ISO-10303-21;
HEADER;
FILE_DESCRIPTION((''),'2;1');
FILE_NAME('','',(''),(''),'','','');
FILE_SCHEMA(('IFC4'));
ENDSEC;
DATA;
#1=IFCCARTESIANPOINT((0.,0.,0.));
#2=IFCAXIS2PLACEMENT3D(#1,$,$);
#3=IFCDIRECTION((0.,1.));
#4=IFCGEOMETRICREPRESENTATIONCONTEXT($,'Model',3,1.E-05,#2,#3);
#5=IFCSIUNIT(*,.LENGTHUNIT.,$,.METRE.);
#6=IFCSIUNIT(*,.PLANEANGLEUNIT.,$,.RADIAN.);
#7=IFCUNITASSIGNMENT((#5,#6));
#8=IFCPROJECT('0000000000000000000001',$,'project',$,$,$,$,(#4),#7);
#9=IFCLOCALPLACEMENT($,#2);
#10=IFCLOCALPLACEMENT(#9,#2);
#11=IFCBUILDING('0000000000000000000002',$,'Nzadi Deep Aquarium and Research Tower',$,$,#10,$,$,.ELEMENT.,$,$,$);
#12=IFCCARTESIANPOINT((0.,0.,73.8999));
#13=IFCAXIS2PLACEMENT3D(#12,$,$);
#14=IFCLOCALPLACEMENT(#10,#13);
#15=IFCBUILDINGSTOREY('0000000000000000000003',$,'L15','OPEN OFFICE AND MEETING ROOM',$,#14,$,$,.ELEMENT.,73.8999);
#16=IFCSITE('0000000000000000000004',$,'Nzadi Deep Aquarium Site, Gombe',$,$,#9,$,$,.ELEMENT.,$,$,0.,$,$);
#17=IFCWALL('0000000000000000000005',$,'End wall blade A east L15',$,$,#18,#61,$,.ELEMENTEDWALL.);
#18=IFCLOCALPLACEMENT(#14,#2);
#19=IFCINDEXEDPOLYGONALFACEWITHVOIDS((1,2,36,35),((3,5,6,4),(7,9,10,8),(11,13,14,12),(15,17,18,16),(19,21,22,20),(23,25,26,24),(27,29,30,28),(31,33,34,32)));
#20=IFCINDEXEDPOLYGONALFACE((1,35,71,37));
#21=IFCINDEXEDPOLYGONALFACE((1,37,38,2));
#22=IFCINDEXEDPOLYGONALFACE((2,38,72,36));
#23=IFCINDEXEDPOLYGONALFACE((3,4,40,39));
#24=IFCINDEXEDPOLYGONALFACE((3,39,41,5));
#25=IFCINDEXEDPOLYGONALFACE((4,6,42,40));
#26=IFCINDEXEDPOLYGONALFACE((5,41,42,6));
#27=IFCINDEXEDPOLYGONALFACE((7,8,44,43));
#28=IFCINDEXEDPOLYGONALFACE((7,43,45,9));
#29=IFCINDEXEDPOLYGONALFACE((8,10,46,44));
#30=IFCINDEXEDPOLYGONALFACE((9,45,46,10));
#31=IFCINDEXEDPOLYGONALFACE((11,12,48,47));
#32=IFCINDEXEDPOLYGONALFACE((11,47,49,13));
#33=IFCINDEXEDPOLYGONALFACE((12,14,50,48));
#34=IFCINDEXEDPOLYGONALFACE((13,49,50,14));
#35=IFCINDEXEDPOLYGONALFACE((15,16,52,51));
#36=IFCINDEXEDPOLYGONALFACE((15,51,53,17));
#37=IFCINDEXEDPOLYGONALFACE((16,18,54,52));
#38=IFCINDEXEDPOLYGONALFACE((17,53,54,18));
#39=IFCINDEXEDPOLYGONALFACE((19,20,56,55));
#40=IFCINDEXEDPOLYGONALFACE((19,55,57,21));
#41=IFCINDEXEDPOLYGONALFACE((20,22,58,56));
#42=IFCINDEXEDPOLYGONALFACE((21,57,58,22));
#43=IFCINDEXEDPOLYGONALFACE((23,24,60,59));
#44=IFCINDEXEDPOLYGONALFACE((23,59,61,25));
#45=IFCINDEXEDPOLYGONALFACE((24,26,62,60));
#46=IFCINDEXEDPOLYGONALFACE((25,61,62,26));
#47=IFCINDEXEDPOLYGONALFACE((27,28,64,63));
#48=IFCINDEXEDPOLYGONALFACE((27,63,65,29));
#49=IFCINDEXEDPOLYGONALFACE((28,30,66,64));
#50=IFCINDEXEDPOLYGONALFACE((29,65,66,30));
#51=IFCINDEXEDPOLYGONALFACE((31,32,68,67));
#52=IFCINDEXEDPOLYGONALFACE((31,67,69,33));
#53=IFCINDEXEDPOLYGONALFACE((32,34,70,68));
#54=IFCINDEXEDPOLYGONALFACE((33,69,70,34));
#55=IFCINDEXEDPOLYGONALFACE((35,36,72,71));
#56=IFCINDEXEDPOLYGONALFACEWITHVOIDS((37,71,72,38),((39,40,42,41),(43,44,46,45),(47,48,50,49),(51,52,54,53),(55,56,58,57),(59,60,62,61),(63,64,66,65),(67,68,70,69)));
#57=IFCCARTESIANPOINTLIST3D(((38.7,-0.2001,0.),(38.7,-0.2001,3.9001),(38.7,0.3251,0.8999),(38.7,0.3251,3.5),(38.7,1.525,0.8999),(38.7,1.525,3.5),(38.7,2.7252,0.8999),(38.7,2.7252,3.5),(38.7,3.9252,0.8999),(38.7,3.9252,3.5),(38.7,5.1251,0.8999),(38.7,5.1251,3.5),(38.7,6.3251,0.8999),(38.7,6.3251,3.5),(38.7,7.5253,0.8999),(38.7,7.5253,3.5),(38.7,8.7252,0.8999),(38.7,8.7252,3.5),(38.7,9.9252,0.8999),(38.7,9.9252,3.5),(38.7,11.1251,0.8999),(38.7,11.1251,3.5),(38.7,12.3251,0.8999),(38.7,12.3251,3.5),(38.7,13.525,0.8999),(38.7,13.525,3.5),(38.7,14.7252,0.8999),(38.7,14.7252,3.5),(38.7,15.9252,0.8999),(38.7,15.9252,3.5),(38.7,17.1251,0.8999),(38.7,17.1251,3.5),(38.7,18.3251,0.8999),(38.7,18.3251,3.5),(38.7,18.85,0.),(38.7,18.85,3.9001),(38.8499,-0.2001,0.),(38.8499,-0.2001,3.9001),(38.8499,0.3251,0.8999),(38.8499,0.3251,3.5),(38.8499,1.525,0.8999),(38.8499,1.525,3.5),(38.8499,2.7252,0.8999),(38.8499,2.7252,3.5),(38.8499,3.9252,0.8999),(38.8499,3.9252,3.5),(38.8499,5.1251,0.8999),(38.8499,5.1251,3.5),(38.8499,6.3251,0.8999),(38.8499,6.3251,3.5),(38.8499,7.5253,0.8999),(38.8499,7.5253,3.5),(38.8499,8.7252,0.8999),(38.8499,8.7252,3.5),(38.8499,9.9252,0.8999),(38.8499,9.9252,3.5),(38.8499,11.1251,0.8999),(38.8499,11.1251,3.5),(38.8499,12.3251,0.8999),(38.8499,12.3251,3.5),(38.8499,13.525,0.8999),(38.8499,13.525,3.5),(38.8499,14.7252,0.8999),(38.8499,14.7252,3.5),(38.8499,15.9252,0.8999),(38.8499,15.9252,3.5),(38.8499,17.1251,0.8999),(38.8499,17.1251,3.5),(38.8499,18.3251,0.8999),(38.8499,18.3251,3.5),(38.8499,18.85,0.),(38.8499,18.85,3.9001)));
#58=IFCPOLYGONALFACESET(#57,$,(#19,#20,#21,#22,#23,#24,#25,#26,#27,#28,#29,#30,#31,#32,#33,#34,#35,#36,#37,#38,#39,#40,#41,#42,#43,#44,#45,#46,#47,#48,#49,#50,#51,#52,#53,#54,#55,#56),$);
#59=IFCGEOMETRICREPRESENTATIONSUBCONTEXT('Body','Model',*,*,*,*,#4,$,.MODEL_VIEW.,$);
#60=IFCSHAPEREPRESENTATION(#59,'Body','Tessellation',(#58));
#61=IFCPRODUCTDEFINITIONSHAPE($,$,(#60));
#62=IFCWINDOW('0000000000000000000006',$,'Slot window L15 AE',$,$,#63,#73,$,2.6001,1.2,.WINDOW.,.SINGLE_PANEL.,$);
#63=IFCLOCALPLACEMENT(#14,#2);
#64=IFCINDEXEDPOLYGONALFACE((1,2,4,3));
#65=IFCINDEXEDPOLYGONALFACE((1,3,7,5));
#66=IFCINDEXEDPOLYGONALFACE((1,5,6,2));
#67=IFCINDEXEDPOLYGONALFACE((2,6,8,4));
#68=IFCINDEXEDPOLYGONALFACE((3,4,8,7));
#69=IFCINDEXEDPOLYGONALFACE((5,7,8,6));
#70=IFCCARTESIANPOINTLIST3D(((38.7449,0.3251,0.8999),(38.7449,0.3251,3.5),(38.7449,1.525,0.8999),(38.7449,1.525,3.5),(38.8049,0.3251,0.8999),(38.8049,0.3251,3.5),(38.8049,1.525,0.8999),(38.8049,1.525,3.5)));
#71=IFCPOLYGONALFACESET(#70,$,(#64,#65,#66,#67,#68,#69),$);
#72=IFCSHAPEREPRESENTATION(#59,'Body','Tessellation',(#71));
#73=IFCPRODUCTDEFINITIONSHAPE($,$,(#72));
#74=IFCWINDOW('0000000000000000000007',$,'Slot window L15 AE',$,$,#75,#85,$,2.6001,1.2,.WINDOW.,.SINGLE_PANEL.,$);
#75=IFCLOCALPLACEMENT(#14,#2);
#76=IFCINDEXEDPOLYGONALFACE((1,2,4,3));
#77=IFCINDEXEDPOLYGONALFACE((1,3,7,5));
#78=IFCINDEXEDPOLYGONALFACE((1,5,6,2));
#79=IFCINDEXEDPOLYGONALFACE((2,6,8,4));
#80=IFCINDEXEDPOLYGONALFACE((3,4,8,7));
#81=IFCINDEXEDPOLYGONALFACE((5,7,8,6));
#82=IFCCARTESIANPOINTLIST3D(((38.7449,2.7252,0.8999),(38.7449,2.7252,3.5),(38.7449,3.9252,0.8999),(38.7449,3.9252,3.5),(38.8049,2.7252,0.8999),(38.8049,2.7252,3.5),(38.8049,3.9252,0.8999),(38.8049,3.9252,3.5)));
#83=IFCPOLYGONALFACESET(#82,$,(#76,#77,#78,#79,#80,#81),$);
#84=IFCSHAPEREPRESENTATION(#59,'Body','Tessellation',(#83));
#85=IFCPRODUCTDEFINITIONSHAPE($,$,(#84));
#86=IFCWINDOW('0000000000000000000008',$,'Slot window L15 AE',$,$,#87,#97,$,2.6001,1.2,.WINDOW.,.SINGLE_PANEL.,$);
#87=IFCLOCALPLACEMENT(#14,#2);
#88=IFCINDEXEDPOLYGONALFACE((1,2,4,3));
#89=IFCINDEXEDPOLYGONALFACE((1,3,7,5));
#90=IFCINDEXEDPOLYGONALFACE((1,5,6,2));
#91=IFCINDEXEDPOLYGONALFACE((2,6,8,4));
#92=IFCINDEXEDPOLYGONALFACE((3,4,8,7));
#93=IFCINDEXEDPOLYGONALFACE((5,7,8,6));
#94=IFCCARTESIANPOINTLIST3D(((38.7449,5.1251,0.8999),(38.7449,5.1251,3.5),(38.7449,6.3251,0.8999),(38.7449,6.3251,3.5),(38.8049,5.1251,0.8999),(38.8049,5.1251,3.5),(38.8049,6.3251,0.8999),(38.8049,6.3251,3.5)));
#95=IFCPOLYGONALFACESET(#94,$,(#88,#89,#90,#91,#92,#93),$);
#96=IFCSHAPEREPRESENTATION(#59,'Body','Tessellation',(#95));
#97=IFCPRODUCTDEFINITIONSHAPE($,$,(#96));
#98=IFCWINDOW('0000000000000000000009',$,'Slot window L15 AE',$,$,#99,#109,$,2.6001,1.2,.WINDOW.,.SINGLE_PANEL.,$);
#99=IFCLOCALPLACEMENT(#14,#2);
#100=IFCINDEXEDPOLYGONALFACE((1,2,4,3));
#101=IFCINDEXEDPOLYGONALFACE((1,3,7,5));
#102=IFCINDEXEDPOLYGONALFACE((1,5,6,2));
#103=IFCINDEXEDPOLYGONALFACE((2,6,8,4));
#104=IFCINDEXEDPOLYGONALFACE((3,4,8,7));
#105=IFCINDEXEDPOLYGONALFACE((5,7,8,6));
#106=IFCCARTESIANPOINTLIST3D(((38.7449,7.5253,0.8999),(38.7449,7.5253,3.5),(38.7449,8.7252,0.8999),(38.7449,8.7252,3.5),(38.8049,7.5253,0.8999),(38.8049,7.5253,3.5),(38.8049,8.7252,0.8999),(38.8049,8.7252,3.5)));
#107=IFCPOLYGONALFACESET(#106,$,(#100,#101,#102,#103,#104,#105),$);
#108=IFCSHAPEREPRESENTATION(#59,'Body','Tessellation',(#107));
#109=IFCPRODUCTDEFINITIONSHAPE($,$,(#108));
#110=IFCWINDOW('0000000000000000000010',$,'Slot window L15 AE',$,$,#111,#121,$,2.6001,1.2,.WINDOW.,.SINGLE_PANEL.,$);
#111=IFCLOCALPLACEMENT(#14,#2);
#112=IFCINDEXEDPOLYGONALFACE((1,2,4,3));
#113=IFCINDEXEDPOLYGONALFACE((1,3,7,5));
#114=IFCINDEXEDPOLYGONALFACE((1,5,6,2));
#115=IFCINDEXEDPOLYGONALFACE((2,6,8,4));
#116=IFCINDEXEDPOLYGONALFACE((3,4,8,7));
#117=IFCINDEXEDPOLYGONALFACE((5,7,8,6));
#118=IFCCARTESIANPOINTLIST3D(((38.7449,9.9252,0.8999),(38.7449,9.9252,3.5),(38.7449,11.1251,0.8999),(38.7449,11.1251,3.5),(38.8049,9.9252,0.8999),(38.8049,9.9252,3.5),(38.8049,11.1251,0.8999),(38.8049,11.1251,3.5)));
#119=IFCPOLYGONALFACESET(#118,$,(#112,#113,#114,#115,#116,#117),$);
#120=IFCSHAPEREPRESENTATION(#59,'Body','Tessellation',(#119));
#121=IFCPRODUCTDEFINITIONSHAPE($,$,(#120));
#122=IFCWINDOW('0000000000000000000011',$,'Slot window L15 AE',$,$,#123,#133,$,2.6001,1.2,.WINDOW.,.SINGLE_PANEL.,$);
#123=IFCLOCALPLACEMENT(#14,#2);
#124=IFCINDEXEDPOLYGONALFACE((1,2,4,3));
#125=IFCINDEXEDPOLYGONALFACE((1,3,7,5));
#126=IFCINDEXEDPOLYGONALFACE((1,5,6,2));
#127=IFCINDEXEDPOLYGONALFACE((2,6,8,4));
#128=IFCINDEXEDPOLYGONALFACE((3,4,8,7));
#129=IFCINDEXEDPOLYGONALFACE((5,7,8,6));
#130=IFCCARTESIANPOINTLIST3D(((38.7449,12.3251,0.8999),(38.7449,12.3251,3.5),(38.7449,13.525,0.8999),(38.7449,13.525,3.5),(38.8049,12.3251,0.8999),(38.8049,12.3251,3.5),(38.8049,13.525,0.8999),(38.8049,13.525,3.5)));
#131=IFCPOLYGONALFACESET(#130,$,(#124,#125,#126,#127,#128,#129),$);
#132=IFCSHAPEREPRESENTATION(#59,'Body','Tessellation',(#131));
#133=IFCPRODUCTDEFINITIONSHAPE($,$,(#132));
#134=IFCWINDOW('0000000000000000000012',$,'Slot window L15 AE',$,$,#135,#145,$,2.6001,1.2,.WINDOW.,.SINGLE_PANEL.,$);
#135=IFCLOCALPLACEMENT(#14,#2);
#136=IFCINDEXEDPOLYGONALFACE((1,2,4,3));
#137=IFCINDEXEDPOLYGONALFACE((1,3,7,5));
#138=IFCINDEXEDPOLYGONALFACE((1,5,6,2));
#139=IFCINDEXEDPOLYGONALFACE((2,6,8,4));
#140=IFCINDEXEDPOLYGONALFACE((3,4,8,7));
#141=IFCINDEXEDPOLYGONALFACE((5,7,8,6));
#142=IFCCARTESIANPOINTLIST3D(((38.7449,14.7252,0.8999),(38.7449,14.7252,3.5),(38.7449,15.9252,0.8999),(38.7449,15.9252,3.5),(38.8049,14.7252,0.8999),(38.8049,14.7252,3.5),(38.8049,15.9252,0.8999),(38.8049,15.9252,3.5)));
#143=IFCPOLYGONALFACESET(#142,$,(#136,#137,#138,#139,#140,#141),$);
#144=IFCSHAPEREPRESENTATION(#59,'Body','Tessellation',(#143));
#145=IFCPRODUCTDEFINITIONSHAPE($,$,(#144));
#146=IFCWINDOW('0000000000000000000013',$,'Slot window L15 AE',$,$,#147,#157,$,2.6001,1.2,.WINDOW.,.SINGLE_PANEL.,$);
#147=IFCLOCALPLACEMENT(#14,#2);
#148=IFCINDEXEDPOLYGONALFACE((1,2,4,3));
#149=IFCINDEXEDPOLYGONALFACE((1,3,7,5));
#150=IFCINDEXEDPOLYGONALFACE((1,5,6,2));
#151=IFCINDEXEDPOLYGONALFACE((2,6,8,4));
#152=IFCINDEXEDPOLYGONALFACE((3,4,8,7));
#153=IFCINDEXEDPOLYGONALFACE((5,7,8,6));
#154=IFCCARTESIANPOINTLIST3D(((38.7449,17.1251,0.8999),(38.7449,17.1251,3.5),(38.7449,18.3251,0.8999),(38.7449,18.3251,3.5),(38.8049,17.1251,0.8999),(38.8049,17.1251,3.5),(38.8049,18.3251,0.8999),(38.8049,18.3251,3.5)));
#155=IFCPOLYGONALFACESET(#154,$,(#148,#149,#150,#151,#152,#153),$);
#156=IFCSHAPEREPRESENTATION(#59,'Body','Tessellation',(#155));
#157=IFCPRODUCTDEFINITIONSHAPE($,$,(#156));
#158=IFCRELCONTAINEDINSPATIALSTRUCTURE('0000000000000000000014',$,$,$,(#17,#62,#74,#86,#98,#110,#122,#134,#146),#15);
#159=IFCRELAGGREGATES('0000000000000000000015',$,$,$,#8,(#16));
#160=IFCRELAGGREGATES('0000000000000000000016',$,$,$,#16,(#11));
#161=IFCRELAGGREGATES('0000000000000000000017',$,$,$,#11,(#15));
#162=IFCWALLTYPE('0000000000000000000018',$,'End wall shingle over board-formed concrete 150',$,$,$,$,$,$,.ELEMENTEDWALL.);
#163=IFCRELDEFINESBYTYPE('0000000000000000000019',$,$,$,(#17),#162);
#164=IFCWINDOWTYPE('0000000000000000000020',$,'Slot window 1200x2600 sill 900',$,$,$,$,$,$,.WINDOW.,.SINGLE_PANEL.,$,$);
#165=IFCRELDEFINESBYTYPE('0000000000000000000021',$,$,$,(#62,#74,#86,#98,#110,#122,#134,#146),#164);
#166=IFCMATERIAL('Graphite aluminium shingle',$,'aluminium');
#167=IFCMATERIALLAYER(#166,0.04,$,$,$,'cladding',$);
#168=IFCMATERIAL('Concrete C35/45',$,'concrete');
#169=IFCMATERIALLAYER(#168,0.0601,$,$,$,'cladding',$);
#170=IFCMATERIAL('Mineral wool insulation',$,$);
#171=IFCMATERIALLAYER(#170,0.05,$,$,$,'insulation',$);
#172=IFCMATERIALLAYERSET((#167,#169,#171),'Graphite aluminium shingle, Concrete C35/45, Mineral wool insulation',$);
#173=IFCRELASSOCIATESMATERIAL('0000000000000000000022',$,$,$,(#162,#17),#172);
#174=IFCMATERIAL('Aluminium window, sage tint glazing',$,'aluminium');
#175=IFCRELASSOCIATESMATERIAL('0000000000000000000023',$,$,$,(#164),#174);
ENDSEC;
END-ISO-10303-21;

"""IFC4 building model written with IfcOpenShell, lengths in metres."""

from ifc_helpers import new_model, si_unit, direction, frame, frame_2d, origin, place, context, subcontext, project, spatial, rectangle, extrude, material, layer, layer_set, layer_usage, type_object, element, fill, save


model = new_model("IFC4")

# Units and contexts
model_context = context("Model", 3, precision=1e-05, world=origin(), true_north=direction((0.0, 1.0)))
body_context = subcontext(model_context, "Body", "Model", "MODEL_VIEW")
ifc_project = project(units=[si_unit("LENGTHUNIT", "METRE"), si_unit("PLANEANGLEUNIT", "RADIAN")], contexts=[model_context])

# Site, building, storey
site_placement = place(None, origin())
site = spatial("IfcSite", under=ifc_project, at=site_placement, Name="Nzadi Deep Aquarium Site, Gombe", CompositionType="ELEMENT", RefElevation=0.0)
building_placement = place(site_placement, origin())
building = spatial("IfcBuilding", under=site, at=building_placement, Name="Nzadi Deep Aquarium and Research Tower", CompositionType="ELEMENT")
storey_placement = place(building_placement, frame((0.0, 0.0, 73.8999)))
storey = spatial("IfcBuildingStorey", under=building, at=storey_placement, Name="L15", Description="OPEN OFFICE AND MEETING ROOM", CompositionType="ELEMENT", Elevation=73.8999)

# Wall, openings, windows
ifc_material_1 = material(Name="Graphite aluminium shingle", Category="aluminium")
ifc_layer_1 = layer(ifc_material_1, 0.04, Category="cladding")
ifc_material_2 = material(Name="Concrete C35/45", Category="concrete")
ifc_layer_2 = layer(ifc_material_2, 0.0601, Category="cladding")
ifc_material_3 = material(Name="Mineral wool insulation")
ifc_layer_3 = layer(ifc_material_3, 0.05, Category="insulation")
ifc_layer_set_1 = layer_set([ifc_layer_1, ifc_layer_2, ifc_layer_3], Name="Graphite aluminium shingle, Concrete C35/45, Mineral wool insulation")
ifc_layer_usage = layer_usage(ifc_layer_set_1, "AXIS2", "POSITIVE", -0.075)
wall_type_1 = type_object("IfcWallType", Name="End wall shingle over board-formed concrete 150", PredefinedType="ELEMENTEDWALL", material=ifc_layer_set_1)
wall_1_placement = place(storey_placement, frame((38.7749, -0.2, 0.0), z_axis=(0.0, 0.0, 1.0), x_axis=(0.0, 1.0, 0.0)))
wall_1 = element("IfcWall", 1, at=wall_1_placement, inside=storey, type_object=wall_type_1, material=ifc_layer_usage, Name="End wall blade A east L15", PredefinedType="ELEMENTEDWALL", context=body_context, shape_type="SweptSolid", body=[
    extrude(rectangle(XDim=19.05, YDim=0.1499, at=frame_2d((9.5249, 0.0))), origin(), (0.0, 0.0, 1.0), 3.9001),
])
opening_1_placement = place(wall_1_placement, frame((0.5249, 0.0, 0.8999)))
opening_1 = element("IfcOpeningElement", 2, at=opening_1_placement, cuts=wall_1, PredefinedType="OPENING", context=body_context, shape_type="SweptSolid", body=[
    extrude(rectangle(XDim=1.2, YDim=2.6001, at=frame_2d((0.6001, 1.3))), frame((0.0, 0.085, 0.0), z_axis=(0.0, -1.0, 0.0), x_axis=(1.0, 0.0, 0.0)), (0.0, 0.0, 1.0), 0.1699),
])
opening_2_placement = place(wall_1_placement, frame((2.925, 0.0, 0.8999)))
opening_2 = element("IfcOpeningElement", 3, at=opening_2_placement, cuts=wall_1, PredefinedType="OPENING", context=body_context, shape_type="SweptSolid", body=[
    extrude(rectangle(XDim=1.2, YDim=2.6001, at=frame_2d((0.6001, 1.3))), frame((0.0, 0.085, 0.0), z_axis=(0.0, -1.0, 0.0), x_axis=(1.0, 0.0, 0.0)), (0.0, 0.0, 1.0), 0.1699),
])
opening_3_placement = place(wall_1_placement, frame((5.325, 0.0, 0.8999)))
opening_3 = element("IfcOpeningElement", 4, at=opening_3_placement, cuts=wall_1, PredefinedType="OPENING", context=body_context, shape_type="SweptSolid", body=[
    extrude(rectangle(XDim=1.2, YDim=2.6001, at=frame_2d((0.6001, 1.3))), frame((0.0, 0.085, 0.0), z_axis=(0.0, -1.0, 0.0), x_axis=(1.0, 0.0, 0.0)), (0.0, 0.0, 1.0), 0.1699),
])
opening_4_placement = place(wall_1_placement, frame((7.7251, 0.0, 0.8999)))
opening_4 = element("IfcOpeningElement", 5, at=opening_4_placement, cuts=wall_1, PredefinedType="OPENING", context=body_context, shape_type="SweptSolid", body=[
    extrude(rectangle(XDim=1.2, YDim=2.6001, at=frame_2d((0.6001, 1.3))), frame((0.0, 0.085, 0.0), z_axis=(0.0, -1.0, 0.0), x_axis=(1.0, 0.0, 0.0)), (0.0, 0.0, 1.0), 0.1699),
])
opening_5_placement = place(wall_1_placement, frame((10.125, 0.0, 0.8999)))
opening_5 = element("IfcOpeningElement", 6, at=opening_5_placement, cuts=wall_1, PredefinedType="OPENING", context=body_context, shape_type="SweptSolid", body=[
    extrude(rectangle(XDim=1.2, YDim=2.6001, at=frame_2d((0.6001, 1.3))), frame((0.0, 0.085, 0.0), z_axis=(0.0, -1.0, 0.0), x_axis=(1.0, 0.0, 0.0)), (0.0, 0.0, 1.0), 0.1699),
])
opening_6_placement = place(wall_1_placement, frame((12.5249, 0.0, 0.8999)))
opening_6 = element("IfcOpeningElement", 7, at=opening_6_placement, cuts=wall_1, PredefinedType="OPENING", context=body_context, shape_type="SweptSolid", body=[
    extrude(rectangle(XDim=1.2, YDim=2.6001, at=frame_2d((0.6001, 1.3))), frame((0.0, 0.085, 0.0), z_axis=(0.0, -1.0, 0.0), x_axis=(1.0, 0.0, 0.0)), (0.0, 0.0, 1.0), 0.1699),
])
opening_7_placement = place(wall_1_placement, frame((14.925, 0.0, 0.8999)))
opening_7 = element("IfcOpeningElement", 8, at=opening_7_placement, cuts=wall_1, PredefinedType="OPENING", context=body_context, shape_type="SweptSolid", body=[
    extrude(rectangle(XDim=1.2, YDim=2.6001, at=frame_2d((0.6001, 1.3))), frame((0.0, 0.085, 0.0), z_axis=(0.0, -1.0, 0.0), x_axis=(1.0, 0.0, 0.0)), (0.0, 0.0, 1.0), 0.1699),
])
opening_8_placement = place(wall_1_placement, frame((17.325, 0.0, 0.8999)))
opening_8 = element("IfcOpeningElement", 9, at=opening_8_placement, cuts=wall_1, PredefinedType="OPENING", context=body_context, shape_type="SweptSolid", body=[
    extrude(rectangle(XDim=1.2, YDim=2.6001, at=frame_2d((0.6001, 1.3))), frame((0.0, 0.085, 0.0), z_axis=(0.0, -1.0, 0.0), x_axis=(1.0, 0.0, 0.0)), (0.0, 0.0, 1.0), 0.1699),
])
ifc_material_4 = material(Name="Aluminium window, sage tint glazing", Category="aluminium")
window_type = type_object("IfcWindowType", Name="Slot window 1200x2600 sill 900", PartitioningType="SINGLE_PANEL", PredefinedType="WINDOW", material=ifc_material_4)
window_1_placement = place(opening_1_placement, origin())
window_1 = element("IfcWindow", 10, at=window_1_placement, inside=storey, type_object=window_type, Name="Slot window L15 AE", OverallHeight=2.6001, OverallWidth=1.2, PartitioningType="SINGLE_PANEL", PredefinedType="WINDOW", context=body_context, shape_type="SweptSolid", body=[
    extrude(rectangle(XDim=1.2, YDim=2.6001, at=frame_2d((0.6001, 1.3))), frame((0.0, 0.03, 0.0), z_axis=(0.0, -1.0, 0.0), x_axis=(1.0, 0.0, 0.0)), (0.0, 0.0, 1.0), 0.0601),
])
fill(opening_1, window_1)
window_2_placement = place(opening_2_placement, origin())
window_2 = element("IfcWindow", 11, at=window_2_placement, inside=storey, type_object=window_type, Name="Slot window L15 AE", OverallHeight=2.6001, OverallWidth=1.2, PartitioningType="SINGLE_PANEL", PredefinedType="WINDOW", context=body_context, shape_type="SweptSolid", body=[
    extrude(rectangle(XDim=1.2, YDim=2.6001, at=frame_2d((0.6001, 1.3))), frame((0.0, 0.03, 0.0), z_axis=(0.0, -1.0, 0.0), x_axis=(1.0, 0.0, 0.0)), (0.0, 0.0, 1.0), 0.0601),
])
fill(opening_2, window_2)
window_3_placement = place(opening_3_placement, origin())
window_3 = element("IfcWindow", 12, at=window_3_placement, inside=storey, type_object=window_type, Name="Slot window L15 AE", OverallHeight=2.6001, OverallWidth=1.2, PartitioningType="SINGLE_PANEL", PredefinedType="WINDOW", context=body_context, shape_type="SweptSolid", body=[
    extrude(rectangle(XDim=1.2, YDim=2.6001, at=frame_2d((0.6001, 1.3))), frame((0.0, 0.03, 0.0), z_axis=(0.0, -1.0, 0.0), x_axis=(1.0, 0.0, 0.0)), (0.0, 0.0, 1.0), 0.0601),
])
fill(opening_3, window_3)
window_4_placement = place(opening_4_placement, origin())
window_4 = element("IfcWindow", 13, at=window_4_placement, inside=storey, type_object=window_type, Name="Slot window L15 AE", OverallHeight=2.6001, OverallWidth=1.2, PartitioningType="SINGLE_PANEL", PredefinedType="WINDOW", context=body_context, shape_type="SweptSolid", body=[
    extrude(rectangle(XDim=1.2, YDim=2.6001, at=frame_2d((0.6001, 1.3))), frame((0.0, 0.03, 0.0), z_axis=(0.0, -1.0, 0.0), x_axis=(1.0, 0.0, 0.0)), (0.0, 0.0, 1.0), 0.0601),
])
fill(opening_4, window_4)
window_5_placement = place(opening_5_placement, origin())
window_5 = element("IfcWindow", 14, at=window_5_placement, inside=storey, type_object=window_type, Name="Slot window L15 AE", OverallHeight=2.6001, OverallWidth=1.2, PartitioningType="SINGLE_PANEL", PredefinedType="WINDOW", context=body_context, shape_type="SweptSolid", body=[
    extrude(rectangle(XDim=1.2, YDim=2.6001, at=frame_2d((0.6001, 1.3))), frame((0.0, 0.03, 0.0), z_axis=(0.0, -1.0, 0.0), x_axis=(1.0, 0.0, 0.0)), (0.0, 0.0, 1.0), 0.0601),
])
fill(opening_5, window_5)
window_6_placement = place(opening_6_placement, origin())
window_6 = element("IfcWindow", 15, at=window_6_placement, inside=storey, type_object=window_type, Name="Slot window L15 AE", OverallHeight=2.6001, OverallWidth=1.2, PartitioningType="SINGLE_PANEL", PredefinedType="WINDOW", context=body_context, shape_type="SweptSolid", body=[
    extrude(rectangle(XDim=1.2, YDim=2.6001, at=frame_2d((0.6001, 1.3))), frame((0.0, 0.03, 0.0), z_axis=(0.0, -1.0, 0.0), x_axis=(1.0, 0.0, 0.0)), (0.0, 0.0, 1.0), 0.0601),
])
fill(opening_6, window_6)
window_7_placement = place(opening_7_placement, origin())
window_7 = element("IfcWindow", 16, at=window_7_placement, inside=storey, type_object=window_type, Name="Slot window L15 AE", OverallHeight=2.6001, OverallWidth=1.2, PartitioningType="SINGLE_PANEL", PredefinedType="WINDOW", context=body_context, shape_type="SweptSolid", body=[
    extrude(rectangle(XDim=1.2, YDim=2.6001, at=frame_2d((0.6001, 1.3))), frame((0.0, 0.03, 0.0), z_axis=(0.0, -1.0, 0.0), x_axis=(1.0, 0.0, 0.0)), (0.0, 0.0, 1.0), 0.0601),
])
fill(opening_7, window_7)
window_8_placement = place(opening_8_placement, origin())
window_8 = element("IfcWindow", 17, at=window_8_placement, inside=storey, type_object=window_type, Name="Slot window L15 AE", OverallHeight=2.6001, OverallWidth=1.2, PartitioningType="SINGLE_PANEL", PredefinedType="WINDOW", context=body_context, shape_type="SweptSolid", body=[
    extrude(rectangle(XDim=1.2, YDim=2.6001, at=frame_2d((0.6001, 1.3))), frame((0.0, 0.03, 0.0), z_axis=(0.0, -1.0, 0.0), x_axis=(1.0, 0.0, 0.0)), (0.0, 0.0, 1.0), 0.0601),
])
fill(opening_8, window_8)

save(model, "model.ifc")
